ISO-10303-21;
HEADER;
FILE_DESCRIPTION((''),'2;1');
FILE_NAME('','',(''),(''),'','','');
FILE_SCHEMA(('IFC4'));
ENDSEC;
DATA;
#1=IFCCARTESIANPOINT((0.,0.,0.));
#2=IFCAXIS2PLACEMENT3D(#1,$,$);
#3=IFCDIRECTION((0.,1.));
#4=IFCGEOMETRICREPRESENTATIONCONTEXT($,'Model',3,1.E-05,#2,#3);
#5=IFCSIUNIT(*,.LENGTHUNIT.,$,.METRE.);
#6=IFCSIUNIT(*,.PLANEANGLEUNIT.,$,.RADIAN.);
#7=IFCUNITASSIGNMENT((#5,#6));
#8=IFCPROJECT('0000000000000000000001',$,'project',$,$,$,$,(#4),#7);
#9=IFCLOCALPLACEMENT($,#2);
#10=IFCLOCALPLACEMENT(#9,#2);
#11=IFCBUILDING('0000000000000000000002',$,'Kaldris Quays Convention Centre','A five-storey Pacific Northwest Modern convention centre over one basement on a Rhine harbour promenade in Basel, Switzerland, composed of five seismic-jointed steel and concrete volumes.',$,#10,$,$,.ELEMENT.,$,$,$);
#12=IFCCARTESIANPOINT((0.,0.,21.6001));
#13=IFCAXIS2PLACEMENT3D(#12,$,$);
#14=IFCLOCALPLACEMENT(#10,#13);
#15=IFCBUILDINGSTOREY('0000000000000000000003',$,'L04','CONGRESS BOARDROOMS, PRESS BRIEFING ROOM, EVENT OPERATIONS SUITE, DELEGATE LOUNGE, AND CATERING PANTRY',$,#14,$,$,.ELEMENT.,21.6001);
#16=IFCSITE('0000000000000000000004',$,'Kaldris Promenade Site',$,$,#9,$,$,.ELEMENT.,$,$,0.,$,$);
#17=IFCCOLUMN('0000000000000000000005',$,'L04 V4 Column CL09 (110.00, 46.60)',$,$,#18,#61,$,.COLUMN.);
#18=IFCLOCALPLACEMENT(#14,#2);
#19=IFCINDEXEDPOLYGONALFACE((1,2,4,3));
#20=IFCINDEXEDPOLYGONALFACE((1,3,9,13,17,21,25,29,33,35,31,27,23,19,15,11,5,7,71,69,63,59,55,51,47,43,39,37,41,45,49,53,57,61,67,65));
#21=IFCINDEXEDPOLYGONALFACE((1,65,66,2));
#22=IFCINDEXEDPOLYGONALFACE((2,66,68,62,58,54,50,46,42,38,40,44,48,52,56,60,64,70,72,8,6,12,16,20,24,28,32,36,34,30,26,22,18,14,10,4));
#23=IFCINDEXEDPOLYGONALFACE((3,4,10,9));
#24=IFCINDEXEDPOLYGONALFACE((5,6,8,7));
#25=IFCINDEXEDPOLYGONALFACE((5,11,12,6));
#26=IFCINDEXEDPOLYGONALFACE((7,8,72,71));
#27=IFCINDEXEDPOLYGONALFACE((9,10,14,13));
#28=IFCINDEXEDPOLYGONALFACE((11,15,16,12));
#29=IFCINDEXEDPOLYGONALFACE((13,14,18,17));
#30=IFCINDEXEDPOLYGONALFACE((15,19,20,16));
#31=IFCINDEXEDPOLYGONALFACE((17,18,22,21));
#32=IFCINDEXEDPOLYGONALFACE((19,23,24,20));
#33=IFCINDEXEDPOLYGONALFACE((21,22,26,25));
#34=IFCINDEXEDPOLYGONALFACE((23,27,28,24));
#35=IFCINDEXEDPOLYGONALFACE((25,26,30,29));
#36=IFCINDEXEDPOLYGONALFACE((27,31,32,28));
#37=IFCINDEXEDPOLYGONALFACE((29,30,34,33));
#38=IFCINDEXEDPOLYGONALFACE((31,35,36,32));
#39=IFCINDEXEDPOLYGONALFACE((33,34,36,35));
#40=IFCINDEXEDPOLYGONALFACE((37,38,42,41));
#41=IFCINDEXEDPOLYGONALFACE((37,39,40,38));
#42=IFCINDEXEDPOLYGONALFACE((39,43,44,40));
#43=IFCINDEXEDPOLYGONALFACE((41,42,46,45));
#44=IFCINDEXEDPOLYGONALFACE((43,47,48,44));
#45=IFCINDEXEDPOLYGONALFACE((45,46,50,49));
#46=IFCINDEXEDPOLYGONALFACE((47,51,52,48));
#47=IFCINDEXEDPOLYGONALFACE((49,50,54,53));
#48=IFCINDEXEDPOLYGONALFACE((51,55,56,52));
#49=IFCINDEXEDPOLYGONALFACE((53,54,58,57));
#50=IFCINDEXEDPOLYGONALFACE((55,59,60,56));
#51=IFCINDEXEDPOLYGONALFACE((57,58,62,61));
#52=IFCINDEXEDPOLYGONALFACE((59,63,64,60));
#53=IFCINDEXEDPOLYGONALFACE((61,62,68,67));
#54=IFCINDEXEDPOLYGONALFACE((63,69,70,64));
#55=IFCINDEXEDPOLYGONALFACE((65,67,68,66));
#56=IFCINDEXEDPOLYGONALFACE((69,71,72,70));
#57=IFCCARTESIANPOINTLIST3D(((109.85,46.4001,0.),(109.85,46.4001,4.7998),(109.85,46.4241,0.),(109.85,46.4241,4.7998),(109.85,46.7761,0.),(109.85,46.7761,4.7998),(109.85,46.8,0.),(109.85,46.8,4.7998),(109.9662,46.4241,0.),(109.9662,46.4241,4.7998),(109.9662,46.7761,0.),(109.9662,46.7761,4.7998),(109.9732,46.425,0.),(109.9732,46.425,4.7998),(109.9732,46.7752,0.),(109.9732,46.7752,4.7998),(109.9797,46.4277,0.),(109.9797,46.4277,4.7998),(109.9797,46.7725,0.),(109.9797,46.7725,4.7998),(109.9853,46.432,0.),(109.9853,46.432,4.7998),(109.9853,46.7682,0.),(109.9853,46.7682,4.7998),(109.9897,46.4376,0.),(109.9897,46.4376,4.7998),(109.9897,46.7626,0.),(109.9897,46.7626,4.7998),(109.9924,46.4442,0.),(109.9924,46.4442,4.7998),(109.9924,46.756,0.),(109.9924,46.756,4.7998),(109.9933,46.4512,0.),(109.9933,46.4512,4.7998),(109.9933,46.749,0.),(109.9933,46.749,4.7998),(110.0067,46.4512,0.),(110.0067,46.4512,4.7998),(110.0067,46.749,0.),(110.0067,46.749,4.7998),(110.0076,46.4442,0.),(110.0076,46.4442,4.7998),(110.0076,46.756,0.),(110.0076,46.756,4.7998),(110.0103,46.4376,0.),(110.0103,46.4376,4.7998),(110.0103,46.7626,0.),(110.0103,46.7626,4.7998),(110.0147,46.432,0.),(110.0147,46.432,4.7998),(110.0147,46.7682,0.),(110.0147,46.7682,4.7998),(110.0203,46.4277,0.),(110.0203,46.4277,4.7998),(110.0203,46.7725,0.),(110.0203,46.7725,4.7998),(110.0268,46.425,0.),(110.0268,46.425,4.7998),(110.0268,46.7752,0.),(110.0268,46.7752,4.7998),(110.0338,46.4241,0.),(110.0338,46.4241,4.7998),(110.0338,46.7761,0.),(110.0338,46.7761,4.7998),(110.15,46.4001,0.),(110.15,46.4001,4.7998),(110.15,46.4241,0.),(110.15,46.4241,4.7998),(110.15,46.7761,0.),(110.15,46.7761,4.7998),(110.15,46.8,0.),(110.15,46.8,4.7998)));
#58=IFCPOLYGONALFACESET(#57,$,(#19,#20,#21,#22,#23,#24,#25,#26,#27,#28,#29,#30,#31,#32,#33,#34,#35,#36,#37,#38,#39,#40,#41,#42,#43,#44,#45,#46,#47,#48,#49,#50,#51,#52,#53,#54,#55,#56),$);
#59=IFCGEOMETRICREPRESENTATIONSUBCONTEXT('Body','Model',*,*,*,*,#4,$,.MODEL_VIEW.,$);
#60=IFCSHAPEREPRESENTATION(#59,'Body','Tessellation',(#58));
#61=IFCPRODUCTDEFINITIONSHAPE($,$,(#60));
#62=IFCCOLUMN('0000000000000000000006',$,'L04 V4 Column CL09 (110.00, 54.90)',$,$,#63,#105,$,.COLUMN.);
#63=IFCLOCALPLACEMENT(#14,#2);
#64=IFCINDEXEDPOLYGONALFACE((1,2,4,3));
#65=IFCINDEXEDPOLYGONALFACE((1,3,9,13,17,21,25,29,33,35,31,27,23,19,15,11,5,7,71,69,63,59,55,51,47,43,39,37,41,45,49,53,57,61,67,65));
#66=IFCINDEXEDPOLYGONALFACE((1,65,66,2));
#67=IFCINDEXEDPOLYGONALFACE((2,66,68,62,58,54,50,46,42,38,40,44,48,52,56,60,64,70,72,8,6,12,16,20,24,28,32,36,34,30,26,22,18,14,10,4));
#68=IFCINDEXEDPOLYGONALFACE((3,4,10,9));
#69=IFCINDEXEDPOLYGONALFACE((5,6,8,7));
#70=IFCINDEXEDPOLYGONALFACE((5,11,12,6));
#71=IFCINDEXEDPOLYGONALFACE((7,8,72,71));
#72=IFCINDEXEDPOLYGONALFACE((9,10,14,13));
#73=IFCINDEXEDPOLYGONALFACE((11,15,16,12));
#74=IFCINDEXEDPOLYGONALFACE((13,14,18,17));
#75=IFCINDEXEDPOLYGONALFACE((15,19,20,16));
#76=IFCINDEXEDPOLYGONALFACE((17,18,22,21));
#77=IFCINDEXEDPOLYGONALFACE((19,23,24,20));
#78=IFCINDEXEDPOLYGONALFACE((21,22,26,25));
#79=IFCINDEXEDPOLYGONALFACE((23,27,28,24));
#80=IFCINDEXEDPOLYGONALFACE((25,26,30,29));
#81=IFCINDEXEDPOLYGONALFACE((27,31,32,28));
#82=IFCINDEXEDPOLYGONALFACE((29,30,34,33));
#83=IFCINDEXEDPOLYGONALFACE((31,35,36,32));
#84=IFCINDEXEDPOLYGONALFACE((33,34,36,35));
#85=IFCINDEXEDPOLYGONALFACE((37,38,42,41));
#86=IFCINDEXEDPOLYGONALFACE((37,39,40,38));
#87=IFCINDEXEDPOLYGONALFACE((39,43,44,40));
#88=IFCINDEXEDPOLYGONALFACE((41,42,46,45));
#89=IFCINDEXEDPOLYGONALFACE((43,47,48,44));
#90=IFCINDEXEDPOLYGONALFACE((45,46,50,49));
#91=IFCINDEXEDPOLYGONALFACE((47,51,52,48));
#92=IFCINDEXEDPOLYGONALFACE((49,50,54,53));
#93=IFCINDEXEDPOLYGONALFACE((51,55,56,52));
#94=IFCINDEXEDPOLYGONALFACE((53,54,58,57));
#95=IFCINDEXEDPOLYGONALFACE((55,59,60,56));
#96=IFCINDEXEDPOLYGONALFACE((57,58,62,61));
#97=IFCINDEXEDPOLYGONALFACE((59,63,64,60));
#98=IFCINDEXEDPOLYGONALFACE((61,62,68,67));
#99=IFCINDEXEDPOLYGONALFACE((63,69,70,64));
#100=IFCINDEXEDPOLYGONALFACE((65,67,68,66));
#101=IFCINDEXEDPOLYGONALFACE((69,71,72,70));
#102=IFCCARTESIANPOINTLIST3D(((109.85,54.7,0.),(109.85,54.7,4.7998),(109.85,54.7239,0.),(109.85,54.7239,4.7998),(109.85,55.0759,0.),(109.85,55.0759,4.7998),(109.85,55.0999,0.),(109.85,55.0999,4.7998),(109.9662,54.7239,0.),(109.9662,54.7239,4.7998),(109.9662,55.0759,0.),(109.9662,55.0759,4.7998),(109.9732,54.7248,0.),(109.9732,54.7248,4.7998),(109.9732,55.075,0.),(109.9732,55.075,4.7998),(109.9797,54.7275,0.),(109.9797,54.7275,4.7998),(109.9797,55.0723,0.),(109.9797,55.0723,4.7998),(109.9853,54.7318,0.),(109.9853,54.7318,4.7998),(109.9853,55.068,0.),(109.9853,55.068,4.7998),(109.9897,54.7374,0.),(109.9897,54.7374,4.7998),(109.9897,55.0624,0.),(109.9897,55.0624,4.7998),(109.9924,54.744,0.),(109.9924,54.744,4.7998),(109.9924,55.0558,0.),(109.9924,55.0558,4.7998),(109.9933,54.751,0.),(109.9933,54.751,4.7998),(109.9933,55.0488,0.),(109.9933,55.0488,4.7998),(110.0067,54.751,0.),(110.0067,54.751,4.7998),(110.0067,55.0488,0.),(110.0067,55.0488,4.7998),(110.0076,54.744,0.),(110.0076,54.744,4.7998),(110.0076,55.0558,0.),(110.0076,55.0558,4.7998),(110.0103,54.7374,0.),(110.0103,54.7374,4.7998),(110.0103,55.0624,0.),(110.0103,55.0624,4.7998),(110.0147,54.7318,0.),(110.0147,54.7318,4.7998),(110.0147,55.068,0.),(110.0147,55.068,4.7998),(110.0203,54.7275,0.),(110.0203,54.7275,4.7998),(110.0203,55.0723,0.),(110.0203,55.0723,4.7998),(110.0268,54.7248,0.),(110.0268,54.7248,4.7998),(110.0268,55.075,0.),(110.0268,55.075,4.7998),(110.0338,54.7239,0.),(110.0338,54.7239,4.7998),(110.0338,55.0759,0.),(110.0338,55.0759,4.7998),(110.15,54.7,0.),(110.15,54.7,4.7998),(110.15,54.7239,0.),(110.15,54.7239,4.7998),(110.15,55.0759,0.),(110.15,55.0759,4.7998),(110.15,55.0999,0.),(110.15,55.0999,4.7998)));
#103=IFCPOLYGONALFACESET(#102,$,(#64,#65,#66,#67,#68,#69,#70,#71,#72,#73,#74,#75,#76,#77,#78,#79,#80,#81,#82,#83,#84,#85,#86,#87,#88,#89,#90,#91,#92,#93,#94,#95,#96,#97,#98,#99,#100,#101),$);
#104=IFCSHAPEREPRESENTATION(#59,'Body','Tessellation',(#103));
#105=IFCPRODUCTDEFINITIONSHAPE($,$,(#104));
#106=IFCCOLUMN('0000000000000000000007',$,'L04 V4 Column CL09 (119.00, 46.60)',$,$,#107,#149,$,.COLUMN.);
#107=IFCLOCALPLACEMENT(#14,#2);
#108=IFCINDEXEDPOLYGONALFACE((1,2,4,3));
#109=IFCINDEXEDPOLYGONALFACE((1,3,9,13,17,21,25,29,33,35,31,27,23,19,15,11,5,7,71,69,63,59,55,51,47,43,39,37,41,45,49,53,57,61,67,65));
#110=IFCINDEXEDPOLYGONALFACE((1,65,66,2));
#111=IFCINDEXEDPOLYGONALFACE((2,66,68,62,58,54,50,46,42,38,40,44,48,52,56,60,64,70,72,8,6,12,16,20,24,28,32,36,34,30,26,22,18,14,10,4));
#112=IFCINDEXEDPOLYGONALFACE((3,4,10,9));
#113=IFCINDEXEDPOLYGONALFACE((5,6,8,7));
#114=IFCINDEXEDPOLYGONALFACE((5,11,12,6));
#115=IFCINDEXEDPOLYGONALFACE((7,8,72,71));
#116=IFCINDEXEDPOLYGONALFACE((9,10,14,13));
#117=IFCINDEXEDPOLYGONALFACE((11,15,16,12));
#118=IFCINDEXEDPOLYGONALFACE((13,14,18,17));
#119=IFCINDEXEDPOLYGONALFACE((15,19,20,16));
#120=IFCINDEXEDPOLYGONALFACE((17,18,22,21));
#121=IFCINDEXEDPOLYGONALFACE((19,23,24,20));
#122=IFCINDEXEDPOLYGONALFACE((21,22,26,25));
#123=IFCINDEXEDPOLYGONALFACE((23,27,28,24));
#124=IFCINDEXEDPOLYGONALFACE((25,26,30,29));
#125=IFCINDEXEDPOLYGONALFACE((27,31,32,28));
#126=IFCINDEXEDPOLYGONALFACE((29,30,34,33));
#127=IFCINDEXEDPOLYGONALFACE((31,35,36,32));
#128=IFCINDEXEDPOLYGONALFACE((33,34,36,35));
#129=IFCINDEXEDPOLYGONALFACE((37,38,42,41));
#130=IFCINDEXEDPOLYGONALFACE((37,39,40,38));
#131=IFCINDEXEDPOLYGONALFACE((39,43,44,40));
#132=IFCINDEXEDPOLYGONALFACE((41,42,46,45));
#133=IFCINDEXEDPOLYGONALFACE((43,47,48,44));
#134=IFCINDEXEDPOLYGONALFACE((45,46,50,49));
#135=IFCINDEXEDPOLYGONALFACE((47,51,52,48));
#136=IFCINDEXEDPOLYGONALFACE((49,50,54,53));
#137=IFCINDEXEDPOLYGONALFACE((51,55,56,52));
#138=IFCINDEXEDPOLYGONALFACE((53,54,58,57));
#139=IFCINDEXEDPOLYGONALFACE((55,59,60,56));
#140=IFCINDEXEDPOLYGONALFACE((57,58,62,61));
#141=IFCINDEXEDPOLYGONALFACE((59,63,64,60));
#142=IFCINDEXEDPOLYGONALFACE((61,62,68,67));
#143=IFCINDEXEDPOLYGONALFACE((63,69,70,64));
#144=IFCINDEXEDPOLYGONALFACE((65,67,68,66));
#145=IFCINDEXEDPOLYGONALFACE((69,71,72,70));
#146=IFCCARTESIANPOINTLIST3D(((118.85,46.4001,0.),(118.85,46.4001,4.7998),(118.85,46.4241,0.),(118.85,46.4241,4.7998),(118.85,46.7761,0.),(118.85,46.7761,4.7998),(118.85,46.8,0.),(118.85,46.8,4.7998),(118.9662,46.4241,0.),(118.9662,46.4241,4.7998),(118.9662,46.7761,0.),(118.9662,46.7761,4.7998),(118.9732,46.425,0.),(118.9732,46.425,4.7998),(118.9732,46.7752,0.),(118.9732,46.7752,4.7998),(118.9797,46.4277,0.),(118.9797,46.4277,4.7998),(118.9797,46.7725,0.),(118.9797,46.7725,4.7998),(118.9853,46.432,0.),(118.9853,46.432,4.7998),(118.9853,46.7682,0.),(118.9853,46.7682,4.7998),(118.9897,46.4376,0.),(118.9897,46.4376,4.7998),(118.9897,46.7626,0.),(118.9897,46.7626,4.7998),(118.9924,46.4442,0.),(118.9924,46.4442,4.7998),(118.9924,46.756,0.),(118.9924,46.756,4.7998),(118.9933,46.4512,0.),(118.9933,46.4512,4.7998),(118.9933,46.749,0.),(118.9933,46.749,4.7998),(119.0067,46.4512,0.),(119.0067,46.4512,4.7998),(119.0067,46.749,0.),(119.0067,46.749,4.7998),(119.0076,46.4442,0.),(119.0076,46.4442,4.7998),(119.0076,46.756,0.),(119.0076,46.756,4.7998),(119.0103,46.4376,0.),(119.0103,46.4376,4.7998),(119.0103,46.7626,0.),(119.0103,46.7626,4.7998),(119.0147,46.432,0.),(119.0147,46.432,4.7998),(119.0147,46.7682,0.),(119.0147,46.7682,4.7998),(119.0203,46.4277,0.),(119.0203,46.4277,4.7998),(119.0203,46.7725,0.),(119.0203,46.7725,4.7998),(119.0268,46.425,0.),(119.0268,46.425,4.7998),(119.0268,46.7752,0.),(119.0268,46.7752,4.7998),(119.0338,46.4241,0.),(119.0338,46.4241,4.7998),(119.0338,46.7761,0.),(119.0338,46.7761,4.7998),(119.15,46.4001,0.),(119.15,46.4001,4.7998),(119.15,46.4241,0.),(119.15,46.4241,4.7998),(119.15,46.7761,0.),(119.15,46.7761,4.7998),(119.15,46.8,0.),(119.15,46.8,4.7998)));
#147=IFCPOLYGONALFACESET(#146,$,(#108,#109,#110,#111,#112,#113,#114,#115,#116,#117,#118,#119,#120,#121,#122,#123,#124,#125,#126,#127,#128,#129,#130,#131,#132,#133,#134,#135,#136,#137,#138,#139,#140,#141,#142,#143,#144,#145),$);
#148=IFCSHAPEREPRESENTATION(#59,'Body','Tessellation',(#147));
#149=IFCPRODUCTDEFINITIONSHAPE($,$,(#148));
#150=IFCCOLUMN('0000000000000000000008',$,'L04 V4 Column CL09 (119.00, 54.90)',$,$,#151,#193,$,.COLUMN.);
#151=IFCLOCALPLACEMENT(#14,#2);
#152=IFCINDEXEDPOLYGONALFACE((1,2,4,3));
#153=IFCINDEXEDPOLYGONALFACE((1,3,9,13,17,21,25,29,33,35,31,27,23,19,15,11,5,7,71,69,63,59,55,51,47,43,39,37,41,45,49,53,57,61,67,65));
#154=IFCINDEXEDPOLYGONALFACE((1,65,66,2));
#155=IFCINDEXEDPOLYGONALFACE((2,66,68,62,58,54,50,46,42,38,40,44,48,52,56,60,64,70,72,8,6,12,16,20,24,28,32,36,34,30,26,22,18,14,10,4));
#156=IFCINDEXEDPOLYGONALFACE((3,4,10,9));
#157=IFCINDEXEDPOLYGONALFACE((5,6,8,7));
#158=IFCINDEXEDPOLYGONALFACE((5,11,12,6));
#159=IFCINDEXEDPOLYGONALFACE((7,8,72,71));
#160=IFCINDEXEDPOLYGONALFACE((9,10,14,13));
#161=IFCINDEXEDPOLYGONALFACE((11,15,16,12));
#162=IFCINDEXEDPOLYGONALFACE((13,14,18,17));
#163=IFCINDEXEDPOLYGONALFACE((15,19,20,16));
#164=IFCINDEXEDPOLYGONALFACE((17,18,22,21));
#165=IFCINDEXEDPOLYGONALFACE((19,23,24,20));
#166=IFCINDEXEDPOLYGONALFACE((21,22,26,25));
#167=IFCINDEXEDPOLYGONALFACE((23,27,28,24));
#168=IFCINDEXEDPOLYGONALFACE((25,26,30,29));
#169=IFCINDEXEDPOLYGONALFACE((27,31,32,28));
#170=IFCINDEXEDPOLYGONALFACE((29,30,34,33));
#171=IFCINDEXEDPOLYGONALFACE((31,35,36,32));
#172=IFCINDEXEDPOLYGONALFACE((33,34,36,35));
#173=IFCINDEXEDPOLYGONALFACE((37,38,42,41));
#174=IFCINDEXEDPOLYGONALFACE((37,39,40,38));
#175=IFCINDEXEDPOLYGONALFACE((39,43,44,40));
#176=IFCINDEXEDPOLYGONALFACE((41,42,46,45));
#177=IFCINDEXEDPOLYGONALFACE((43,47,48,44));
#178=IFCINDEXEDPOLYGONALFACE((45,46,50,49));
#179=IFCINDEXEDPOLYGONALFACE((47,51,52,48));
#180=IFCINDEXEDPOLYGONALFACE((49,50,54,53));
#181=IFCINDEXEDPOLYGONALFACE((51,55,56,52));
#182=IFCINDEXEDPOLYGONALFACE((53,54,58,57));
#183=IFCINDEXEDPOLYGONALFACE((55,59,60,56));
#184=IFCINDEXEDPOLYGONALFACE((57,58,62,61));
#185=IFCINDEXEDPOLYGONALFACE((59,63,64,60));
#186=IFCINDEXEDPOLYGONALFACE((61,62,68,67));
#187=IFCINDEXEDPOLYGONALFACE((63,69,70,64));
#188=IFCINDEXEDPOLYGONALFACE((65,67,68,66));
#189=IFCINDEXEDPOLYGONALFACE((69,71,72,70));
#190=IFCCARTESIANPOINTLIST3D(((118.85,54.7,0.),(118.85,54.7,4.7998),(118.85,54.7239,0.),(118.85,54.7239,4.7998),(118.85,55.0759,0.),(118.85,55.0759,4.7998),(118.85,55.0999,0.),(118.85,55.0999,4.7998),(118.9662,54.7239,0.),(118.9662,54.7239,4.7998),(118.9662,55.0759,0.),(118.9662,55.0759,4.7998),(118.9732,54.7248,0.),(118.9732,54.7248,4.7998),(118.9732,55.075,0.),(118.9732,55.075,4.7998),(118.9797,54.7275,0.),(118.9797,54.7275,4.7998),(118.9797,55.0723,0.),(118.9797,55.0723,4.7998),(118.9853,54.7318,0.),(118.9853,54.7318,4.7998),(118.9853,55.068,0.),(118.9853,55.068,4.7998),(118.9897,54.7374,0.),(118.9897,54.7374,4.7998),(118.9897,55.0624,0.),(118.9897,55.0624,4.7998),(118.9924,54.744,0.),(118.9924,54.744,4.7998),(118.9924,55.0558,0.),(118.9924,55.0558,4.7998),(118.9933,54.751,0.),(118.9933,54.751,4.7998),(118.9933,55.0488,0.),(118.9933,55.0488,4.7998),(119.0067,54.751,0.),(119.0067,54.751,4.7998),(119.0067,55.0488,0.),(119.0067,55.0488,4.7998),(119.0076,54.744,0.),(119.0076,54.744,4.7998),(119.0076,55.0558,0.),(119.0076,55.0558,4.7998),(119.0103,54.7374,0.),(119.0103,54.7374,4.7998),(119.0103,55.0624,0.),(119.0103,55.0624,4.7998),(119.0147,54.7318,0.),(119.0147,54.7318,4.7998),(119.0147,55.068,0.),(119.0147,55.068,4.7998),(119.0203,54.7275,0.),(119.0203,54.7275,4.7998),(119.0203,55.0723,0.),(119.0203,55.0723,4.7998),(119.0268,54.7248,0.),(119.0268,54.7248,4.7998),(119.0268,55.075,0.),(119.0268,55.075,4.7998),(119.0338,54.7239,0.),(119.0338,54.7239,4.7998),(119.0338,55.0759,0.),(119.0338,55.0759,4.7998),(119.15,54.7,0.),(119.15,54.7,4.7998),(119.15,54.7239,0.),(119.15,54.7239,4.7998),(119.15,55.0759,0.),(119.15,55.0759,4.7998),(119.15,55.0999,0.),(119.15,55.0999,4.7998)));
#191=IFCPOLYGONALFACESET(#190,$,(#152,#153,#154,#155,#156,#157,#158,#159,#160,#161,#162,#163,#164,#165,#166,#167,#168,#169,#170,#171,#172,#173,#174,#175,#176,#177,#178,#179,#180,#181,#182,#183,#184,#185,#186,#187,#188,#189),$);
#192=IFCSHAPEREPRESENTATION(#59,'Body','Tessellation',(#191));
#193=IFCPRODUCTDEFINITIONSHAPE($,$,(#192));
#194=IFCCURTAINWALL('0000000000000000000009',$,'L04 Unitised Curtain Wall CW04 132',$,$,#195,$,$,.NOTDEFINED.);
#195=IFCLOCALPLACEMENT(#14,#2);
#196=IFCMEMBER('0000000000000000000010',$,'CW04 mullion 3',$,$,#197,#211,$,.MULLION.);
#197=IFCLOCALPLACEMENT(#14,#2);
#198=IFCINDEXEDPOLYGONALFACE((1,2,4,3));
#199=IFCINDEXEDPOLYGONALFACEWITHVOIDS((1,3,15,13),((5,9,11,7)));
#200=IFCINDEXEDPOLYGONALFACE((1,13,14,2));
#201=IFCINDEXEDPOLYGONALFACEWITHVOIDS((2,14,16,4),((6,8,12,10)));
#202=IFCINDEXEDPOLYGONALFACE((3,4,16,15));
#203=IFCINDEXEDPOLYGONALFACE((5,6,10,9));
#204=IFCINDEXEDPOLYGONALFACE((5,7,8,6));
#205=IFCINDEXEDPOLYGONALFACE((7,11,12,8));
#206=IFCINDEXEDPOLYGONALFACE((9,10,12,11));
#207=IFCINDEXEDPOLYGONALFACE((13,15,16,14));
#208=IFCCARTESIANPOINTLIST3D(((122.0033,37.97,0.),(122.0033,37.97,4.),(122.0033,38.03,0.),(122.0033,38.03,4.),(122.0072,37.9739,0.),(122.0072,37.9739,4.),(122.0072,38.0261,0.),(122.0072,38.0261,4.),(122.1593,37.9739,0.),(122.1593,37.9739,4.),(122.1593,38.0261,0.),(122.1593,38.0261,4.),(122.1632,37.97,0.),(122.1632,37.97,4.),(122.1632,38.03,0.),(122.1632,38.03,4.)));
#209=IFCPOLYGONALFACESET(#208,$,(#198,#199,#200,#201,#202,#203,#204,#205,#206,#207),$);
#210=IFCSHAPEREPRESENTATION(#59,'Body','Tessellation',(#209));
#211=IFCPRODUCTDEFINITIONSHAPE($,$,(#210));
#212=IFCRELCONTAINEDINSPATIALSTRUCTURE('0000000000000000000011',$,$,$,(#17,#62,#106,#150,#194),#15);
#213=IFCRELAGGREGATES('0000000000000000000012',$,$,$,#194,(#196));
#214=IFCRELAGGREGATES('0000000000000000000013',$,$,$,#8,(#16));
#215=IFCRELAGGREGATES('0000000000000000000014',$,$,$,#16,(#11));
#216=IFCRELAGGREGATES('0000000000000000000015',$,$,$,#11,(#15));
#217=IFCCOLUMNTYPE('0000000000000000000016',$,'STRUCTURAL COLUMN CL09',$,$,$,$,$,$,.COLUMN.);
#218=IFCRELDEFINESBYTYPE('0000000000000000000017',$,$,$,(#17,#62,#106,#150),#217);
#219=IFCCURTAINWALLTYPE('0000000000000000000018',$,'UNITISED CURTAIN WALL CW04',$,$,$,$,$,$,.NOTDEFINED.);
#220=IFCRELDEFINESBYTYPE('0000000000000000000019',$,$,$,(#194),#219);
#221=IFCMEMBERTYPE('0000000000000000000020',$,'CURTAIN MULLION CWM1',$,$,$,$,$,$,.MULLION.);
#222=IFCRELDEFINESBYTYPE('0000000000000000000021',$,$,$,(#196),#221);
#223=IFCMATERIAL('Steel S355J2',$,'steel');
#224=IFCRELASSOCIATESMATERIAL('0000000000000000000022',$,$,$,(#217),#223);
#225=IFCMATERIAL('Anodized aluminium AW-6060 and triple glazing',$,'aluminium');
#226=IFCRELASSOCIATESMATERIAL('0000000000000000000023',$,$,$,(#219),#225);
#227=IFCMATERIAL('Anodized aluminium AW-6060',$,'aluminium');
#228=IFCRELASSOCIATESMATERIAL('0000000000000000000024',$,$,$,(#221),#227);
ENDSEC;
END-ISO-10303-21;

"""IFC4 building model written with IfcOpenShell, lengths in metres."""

from ifc_helpers import new_model, si_unit, direction, frame, origin, origin_2d, place, context, subcontext, project, spatial, hollow_rectangle, i_section, extrude, material, material_profile, profile_set, type_object, element, aggregate, save


model = new_model("IFC4")

# Units and contexts
model_context = context("Model", 3, precision=1e-05, world=origin(), true_north=direction((0.0, 1.0)))
body_context = subcontext(model_context, "Body", "Model", "MODEL_VIEW")
ifc_project = project(units=[si_unit("LENGTHUNIT", "METRE"), si_unit("PLANEANGLEUNIT", "RADIAN")], contexts=[model_context])

# Site, building, storey
site_placement = place(None, origin())
site = spatial("IfcSite", under=ifc_project, at=site_placement, Name="Kaldris Promenade Site", CompositionType="ELEMENT", RefElevation=0.0)
building_placement = place(site_placement, origin())
building = spatial("IfcBuilding", under=site, at=building_placement, Name="Kaldris Quays Convention Centre", Description="A five-storey Pacific Northwest Modern convention centre over one basement on a Rhine harbour promenade in Basel, Switzerland, composed of five seismic-jointed steel and concrete volumes.", CompositionType="ELEMENT")
storey_placement = place(building_placement, frame((0.0, 0.0, 21.6001)))
storey = spatial("IfcBuildingStorey", under=building, at=storey_placement, Name="L04", Description="CONGRESS BOARDROOMS, PRESS BRIEFING ROOM, EVENT OPERATIONS SUITE, DELEGATE LOUNGE, AND CATERING PANTRY", CompositionType="ELEMENT", Elevation=21.6001)

# Columns
ifc_material_1 = material(Name="Steel S355J2", Category="steel")
ifc_material_profile_1 = material_profile(ifc_material_1, i_section(OverallWidth=0.3, OverallDepth=0.3999, WebThickness=0.0134, FlangeThickness=0.0239, FilletRadius=0.0271, at=origin_2d()), Name="HEB 400")
ifc_profile_set_1 = profile_set([ifc_material_profile_1], Name="Steel S355J2")
column_type = type_object("IfcColumnType", Name="STRUCTURAL COLUMN CL09", PredefinedType="COLUMN", material=ifc_profile_set_1)
for number, where, z_axis, x_axis, name in (
    (1, (110.0, 46.6001, 0.0), (0.0, 0.0, 1.0), (1.0, 0.0, 0.0), "L04 V4 Column CL09 (110.00, 46.60)"),
    (2, (110.0, 54.8999, 0.0), (0.0, 0.0, 1.0), (1.0, 0.0, 0.0), "L04 V4 Column CL09 (110.00, 54.90)"),
    (3, (119.0, 46.6001, 0.0), (0.0, 0.0, 1.0), (1.0, 0.0, 0.0), "L04 V4 Column CL09 (119.00, 46.60)"),
    (4, (119.0, 54.8999, 0.0), (0.0, 0.0, 1.0), (1.0, 0.0, 0.0), "L04 V4 Column CL09 (119.00, 54.90)"),
):
    element("IfcColumn", number, at=place(storey_placement, frame(where, z_axis=z_axis, x_axis=x_axis)), inside=storey, type_object=column_type, Name=name, PredefinedType="COLUMN", context=body_context, shape_type="SweptSolid", body=[
        extrude(i_section(OverallWidth=0.3, OverallDepth=0.3999, WebThickness=0.0134, FlangeThickness=0.0239, FilletRadius=0.0271, at=origin_2d()), origin(), (0.0, 0.0, 1.0), 4.7998),
    ])

# Curtain wall, member
ifc_material_2 = material(Name="Anodized aluminium AW-6060 and triple glazing", Category="aluminium")
curtain_wall_type = type_object("IfcCurtainWallType", Name="UNITISED CURTAIN WALL CW04", PredefinedType="NOTDEFINED", material=ifc_material_2)
curtain_wall_placement = place(storey_placement, origin())
curtain_wall = element("IfcCurtainWall", 5, at=curtain_wall_placement, inside=storey, type_object=curtain_wall_type, Name="L04 Unitised Curtain Wall CW04 132", PredefinedType="NOTDEFINED")
ifc_material_3 = material(Name="Anodized aluminium AW-6060", Category="aluminium")
ifc_material_profile_2 = material_profile(ifc_material_3, hollow_rectangle(XDim=0.0601, YDim=0.1599, WallThickness=0.0039, at=origin_2d()), Name="RHS 160x60x4")
ifc_profile_set_2 = profile_set([ifc_material_profile_2], Name="Anodized aluminium AW-6060")
member_type_1 = type_object("IfcMemberType", Name="CURTAIN MULLION CWM1", PredefinedType="MULLION", material=ifc_profile_set_2)
member_1_placement = place(storey_placement, frame((122.0833, 38.0, 0.0), z_axis=(0.0, 0.0, 1.0), x_axis=(0.0, 1.0, 0.0)))
member_1 = element("IfcMember", 6, at=member_1_placement, type_object=member_type_1, Name="CW04 mullion 3", PredefinedType="MULLION", context=body_context, shape_type="SweptSolid", body=[
    extrude(hollow_rectangle(XDim=0.0601, YDim=0.1599, WallThickness=0.0039, at=origin_2d()), origin(), (0.0, 0.0, 1.0), 4.0),
])

aggregate(curtain_wall, [member_1])

save(model, "model.ifc")
